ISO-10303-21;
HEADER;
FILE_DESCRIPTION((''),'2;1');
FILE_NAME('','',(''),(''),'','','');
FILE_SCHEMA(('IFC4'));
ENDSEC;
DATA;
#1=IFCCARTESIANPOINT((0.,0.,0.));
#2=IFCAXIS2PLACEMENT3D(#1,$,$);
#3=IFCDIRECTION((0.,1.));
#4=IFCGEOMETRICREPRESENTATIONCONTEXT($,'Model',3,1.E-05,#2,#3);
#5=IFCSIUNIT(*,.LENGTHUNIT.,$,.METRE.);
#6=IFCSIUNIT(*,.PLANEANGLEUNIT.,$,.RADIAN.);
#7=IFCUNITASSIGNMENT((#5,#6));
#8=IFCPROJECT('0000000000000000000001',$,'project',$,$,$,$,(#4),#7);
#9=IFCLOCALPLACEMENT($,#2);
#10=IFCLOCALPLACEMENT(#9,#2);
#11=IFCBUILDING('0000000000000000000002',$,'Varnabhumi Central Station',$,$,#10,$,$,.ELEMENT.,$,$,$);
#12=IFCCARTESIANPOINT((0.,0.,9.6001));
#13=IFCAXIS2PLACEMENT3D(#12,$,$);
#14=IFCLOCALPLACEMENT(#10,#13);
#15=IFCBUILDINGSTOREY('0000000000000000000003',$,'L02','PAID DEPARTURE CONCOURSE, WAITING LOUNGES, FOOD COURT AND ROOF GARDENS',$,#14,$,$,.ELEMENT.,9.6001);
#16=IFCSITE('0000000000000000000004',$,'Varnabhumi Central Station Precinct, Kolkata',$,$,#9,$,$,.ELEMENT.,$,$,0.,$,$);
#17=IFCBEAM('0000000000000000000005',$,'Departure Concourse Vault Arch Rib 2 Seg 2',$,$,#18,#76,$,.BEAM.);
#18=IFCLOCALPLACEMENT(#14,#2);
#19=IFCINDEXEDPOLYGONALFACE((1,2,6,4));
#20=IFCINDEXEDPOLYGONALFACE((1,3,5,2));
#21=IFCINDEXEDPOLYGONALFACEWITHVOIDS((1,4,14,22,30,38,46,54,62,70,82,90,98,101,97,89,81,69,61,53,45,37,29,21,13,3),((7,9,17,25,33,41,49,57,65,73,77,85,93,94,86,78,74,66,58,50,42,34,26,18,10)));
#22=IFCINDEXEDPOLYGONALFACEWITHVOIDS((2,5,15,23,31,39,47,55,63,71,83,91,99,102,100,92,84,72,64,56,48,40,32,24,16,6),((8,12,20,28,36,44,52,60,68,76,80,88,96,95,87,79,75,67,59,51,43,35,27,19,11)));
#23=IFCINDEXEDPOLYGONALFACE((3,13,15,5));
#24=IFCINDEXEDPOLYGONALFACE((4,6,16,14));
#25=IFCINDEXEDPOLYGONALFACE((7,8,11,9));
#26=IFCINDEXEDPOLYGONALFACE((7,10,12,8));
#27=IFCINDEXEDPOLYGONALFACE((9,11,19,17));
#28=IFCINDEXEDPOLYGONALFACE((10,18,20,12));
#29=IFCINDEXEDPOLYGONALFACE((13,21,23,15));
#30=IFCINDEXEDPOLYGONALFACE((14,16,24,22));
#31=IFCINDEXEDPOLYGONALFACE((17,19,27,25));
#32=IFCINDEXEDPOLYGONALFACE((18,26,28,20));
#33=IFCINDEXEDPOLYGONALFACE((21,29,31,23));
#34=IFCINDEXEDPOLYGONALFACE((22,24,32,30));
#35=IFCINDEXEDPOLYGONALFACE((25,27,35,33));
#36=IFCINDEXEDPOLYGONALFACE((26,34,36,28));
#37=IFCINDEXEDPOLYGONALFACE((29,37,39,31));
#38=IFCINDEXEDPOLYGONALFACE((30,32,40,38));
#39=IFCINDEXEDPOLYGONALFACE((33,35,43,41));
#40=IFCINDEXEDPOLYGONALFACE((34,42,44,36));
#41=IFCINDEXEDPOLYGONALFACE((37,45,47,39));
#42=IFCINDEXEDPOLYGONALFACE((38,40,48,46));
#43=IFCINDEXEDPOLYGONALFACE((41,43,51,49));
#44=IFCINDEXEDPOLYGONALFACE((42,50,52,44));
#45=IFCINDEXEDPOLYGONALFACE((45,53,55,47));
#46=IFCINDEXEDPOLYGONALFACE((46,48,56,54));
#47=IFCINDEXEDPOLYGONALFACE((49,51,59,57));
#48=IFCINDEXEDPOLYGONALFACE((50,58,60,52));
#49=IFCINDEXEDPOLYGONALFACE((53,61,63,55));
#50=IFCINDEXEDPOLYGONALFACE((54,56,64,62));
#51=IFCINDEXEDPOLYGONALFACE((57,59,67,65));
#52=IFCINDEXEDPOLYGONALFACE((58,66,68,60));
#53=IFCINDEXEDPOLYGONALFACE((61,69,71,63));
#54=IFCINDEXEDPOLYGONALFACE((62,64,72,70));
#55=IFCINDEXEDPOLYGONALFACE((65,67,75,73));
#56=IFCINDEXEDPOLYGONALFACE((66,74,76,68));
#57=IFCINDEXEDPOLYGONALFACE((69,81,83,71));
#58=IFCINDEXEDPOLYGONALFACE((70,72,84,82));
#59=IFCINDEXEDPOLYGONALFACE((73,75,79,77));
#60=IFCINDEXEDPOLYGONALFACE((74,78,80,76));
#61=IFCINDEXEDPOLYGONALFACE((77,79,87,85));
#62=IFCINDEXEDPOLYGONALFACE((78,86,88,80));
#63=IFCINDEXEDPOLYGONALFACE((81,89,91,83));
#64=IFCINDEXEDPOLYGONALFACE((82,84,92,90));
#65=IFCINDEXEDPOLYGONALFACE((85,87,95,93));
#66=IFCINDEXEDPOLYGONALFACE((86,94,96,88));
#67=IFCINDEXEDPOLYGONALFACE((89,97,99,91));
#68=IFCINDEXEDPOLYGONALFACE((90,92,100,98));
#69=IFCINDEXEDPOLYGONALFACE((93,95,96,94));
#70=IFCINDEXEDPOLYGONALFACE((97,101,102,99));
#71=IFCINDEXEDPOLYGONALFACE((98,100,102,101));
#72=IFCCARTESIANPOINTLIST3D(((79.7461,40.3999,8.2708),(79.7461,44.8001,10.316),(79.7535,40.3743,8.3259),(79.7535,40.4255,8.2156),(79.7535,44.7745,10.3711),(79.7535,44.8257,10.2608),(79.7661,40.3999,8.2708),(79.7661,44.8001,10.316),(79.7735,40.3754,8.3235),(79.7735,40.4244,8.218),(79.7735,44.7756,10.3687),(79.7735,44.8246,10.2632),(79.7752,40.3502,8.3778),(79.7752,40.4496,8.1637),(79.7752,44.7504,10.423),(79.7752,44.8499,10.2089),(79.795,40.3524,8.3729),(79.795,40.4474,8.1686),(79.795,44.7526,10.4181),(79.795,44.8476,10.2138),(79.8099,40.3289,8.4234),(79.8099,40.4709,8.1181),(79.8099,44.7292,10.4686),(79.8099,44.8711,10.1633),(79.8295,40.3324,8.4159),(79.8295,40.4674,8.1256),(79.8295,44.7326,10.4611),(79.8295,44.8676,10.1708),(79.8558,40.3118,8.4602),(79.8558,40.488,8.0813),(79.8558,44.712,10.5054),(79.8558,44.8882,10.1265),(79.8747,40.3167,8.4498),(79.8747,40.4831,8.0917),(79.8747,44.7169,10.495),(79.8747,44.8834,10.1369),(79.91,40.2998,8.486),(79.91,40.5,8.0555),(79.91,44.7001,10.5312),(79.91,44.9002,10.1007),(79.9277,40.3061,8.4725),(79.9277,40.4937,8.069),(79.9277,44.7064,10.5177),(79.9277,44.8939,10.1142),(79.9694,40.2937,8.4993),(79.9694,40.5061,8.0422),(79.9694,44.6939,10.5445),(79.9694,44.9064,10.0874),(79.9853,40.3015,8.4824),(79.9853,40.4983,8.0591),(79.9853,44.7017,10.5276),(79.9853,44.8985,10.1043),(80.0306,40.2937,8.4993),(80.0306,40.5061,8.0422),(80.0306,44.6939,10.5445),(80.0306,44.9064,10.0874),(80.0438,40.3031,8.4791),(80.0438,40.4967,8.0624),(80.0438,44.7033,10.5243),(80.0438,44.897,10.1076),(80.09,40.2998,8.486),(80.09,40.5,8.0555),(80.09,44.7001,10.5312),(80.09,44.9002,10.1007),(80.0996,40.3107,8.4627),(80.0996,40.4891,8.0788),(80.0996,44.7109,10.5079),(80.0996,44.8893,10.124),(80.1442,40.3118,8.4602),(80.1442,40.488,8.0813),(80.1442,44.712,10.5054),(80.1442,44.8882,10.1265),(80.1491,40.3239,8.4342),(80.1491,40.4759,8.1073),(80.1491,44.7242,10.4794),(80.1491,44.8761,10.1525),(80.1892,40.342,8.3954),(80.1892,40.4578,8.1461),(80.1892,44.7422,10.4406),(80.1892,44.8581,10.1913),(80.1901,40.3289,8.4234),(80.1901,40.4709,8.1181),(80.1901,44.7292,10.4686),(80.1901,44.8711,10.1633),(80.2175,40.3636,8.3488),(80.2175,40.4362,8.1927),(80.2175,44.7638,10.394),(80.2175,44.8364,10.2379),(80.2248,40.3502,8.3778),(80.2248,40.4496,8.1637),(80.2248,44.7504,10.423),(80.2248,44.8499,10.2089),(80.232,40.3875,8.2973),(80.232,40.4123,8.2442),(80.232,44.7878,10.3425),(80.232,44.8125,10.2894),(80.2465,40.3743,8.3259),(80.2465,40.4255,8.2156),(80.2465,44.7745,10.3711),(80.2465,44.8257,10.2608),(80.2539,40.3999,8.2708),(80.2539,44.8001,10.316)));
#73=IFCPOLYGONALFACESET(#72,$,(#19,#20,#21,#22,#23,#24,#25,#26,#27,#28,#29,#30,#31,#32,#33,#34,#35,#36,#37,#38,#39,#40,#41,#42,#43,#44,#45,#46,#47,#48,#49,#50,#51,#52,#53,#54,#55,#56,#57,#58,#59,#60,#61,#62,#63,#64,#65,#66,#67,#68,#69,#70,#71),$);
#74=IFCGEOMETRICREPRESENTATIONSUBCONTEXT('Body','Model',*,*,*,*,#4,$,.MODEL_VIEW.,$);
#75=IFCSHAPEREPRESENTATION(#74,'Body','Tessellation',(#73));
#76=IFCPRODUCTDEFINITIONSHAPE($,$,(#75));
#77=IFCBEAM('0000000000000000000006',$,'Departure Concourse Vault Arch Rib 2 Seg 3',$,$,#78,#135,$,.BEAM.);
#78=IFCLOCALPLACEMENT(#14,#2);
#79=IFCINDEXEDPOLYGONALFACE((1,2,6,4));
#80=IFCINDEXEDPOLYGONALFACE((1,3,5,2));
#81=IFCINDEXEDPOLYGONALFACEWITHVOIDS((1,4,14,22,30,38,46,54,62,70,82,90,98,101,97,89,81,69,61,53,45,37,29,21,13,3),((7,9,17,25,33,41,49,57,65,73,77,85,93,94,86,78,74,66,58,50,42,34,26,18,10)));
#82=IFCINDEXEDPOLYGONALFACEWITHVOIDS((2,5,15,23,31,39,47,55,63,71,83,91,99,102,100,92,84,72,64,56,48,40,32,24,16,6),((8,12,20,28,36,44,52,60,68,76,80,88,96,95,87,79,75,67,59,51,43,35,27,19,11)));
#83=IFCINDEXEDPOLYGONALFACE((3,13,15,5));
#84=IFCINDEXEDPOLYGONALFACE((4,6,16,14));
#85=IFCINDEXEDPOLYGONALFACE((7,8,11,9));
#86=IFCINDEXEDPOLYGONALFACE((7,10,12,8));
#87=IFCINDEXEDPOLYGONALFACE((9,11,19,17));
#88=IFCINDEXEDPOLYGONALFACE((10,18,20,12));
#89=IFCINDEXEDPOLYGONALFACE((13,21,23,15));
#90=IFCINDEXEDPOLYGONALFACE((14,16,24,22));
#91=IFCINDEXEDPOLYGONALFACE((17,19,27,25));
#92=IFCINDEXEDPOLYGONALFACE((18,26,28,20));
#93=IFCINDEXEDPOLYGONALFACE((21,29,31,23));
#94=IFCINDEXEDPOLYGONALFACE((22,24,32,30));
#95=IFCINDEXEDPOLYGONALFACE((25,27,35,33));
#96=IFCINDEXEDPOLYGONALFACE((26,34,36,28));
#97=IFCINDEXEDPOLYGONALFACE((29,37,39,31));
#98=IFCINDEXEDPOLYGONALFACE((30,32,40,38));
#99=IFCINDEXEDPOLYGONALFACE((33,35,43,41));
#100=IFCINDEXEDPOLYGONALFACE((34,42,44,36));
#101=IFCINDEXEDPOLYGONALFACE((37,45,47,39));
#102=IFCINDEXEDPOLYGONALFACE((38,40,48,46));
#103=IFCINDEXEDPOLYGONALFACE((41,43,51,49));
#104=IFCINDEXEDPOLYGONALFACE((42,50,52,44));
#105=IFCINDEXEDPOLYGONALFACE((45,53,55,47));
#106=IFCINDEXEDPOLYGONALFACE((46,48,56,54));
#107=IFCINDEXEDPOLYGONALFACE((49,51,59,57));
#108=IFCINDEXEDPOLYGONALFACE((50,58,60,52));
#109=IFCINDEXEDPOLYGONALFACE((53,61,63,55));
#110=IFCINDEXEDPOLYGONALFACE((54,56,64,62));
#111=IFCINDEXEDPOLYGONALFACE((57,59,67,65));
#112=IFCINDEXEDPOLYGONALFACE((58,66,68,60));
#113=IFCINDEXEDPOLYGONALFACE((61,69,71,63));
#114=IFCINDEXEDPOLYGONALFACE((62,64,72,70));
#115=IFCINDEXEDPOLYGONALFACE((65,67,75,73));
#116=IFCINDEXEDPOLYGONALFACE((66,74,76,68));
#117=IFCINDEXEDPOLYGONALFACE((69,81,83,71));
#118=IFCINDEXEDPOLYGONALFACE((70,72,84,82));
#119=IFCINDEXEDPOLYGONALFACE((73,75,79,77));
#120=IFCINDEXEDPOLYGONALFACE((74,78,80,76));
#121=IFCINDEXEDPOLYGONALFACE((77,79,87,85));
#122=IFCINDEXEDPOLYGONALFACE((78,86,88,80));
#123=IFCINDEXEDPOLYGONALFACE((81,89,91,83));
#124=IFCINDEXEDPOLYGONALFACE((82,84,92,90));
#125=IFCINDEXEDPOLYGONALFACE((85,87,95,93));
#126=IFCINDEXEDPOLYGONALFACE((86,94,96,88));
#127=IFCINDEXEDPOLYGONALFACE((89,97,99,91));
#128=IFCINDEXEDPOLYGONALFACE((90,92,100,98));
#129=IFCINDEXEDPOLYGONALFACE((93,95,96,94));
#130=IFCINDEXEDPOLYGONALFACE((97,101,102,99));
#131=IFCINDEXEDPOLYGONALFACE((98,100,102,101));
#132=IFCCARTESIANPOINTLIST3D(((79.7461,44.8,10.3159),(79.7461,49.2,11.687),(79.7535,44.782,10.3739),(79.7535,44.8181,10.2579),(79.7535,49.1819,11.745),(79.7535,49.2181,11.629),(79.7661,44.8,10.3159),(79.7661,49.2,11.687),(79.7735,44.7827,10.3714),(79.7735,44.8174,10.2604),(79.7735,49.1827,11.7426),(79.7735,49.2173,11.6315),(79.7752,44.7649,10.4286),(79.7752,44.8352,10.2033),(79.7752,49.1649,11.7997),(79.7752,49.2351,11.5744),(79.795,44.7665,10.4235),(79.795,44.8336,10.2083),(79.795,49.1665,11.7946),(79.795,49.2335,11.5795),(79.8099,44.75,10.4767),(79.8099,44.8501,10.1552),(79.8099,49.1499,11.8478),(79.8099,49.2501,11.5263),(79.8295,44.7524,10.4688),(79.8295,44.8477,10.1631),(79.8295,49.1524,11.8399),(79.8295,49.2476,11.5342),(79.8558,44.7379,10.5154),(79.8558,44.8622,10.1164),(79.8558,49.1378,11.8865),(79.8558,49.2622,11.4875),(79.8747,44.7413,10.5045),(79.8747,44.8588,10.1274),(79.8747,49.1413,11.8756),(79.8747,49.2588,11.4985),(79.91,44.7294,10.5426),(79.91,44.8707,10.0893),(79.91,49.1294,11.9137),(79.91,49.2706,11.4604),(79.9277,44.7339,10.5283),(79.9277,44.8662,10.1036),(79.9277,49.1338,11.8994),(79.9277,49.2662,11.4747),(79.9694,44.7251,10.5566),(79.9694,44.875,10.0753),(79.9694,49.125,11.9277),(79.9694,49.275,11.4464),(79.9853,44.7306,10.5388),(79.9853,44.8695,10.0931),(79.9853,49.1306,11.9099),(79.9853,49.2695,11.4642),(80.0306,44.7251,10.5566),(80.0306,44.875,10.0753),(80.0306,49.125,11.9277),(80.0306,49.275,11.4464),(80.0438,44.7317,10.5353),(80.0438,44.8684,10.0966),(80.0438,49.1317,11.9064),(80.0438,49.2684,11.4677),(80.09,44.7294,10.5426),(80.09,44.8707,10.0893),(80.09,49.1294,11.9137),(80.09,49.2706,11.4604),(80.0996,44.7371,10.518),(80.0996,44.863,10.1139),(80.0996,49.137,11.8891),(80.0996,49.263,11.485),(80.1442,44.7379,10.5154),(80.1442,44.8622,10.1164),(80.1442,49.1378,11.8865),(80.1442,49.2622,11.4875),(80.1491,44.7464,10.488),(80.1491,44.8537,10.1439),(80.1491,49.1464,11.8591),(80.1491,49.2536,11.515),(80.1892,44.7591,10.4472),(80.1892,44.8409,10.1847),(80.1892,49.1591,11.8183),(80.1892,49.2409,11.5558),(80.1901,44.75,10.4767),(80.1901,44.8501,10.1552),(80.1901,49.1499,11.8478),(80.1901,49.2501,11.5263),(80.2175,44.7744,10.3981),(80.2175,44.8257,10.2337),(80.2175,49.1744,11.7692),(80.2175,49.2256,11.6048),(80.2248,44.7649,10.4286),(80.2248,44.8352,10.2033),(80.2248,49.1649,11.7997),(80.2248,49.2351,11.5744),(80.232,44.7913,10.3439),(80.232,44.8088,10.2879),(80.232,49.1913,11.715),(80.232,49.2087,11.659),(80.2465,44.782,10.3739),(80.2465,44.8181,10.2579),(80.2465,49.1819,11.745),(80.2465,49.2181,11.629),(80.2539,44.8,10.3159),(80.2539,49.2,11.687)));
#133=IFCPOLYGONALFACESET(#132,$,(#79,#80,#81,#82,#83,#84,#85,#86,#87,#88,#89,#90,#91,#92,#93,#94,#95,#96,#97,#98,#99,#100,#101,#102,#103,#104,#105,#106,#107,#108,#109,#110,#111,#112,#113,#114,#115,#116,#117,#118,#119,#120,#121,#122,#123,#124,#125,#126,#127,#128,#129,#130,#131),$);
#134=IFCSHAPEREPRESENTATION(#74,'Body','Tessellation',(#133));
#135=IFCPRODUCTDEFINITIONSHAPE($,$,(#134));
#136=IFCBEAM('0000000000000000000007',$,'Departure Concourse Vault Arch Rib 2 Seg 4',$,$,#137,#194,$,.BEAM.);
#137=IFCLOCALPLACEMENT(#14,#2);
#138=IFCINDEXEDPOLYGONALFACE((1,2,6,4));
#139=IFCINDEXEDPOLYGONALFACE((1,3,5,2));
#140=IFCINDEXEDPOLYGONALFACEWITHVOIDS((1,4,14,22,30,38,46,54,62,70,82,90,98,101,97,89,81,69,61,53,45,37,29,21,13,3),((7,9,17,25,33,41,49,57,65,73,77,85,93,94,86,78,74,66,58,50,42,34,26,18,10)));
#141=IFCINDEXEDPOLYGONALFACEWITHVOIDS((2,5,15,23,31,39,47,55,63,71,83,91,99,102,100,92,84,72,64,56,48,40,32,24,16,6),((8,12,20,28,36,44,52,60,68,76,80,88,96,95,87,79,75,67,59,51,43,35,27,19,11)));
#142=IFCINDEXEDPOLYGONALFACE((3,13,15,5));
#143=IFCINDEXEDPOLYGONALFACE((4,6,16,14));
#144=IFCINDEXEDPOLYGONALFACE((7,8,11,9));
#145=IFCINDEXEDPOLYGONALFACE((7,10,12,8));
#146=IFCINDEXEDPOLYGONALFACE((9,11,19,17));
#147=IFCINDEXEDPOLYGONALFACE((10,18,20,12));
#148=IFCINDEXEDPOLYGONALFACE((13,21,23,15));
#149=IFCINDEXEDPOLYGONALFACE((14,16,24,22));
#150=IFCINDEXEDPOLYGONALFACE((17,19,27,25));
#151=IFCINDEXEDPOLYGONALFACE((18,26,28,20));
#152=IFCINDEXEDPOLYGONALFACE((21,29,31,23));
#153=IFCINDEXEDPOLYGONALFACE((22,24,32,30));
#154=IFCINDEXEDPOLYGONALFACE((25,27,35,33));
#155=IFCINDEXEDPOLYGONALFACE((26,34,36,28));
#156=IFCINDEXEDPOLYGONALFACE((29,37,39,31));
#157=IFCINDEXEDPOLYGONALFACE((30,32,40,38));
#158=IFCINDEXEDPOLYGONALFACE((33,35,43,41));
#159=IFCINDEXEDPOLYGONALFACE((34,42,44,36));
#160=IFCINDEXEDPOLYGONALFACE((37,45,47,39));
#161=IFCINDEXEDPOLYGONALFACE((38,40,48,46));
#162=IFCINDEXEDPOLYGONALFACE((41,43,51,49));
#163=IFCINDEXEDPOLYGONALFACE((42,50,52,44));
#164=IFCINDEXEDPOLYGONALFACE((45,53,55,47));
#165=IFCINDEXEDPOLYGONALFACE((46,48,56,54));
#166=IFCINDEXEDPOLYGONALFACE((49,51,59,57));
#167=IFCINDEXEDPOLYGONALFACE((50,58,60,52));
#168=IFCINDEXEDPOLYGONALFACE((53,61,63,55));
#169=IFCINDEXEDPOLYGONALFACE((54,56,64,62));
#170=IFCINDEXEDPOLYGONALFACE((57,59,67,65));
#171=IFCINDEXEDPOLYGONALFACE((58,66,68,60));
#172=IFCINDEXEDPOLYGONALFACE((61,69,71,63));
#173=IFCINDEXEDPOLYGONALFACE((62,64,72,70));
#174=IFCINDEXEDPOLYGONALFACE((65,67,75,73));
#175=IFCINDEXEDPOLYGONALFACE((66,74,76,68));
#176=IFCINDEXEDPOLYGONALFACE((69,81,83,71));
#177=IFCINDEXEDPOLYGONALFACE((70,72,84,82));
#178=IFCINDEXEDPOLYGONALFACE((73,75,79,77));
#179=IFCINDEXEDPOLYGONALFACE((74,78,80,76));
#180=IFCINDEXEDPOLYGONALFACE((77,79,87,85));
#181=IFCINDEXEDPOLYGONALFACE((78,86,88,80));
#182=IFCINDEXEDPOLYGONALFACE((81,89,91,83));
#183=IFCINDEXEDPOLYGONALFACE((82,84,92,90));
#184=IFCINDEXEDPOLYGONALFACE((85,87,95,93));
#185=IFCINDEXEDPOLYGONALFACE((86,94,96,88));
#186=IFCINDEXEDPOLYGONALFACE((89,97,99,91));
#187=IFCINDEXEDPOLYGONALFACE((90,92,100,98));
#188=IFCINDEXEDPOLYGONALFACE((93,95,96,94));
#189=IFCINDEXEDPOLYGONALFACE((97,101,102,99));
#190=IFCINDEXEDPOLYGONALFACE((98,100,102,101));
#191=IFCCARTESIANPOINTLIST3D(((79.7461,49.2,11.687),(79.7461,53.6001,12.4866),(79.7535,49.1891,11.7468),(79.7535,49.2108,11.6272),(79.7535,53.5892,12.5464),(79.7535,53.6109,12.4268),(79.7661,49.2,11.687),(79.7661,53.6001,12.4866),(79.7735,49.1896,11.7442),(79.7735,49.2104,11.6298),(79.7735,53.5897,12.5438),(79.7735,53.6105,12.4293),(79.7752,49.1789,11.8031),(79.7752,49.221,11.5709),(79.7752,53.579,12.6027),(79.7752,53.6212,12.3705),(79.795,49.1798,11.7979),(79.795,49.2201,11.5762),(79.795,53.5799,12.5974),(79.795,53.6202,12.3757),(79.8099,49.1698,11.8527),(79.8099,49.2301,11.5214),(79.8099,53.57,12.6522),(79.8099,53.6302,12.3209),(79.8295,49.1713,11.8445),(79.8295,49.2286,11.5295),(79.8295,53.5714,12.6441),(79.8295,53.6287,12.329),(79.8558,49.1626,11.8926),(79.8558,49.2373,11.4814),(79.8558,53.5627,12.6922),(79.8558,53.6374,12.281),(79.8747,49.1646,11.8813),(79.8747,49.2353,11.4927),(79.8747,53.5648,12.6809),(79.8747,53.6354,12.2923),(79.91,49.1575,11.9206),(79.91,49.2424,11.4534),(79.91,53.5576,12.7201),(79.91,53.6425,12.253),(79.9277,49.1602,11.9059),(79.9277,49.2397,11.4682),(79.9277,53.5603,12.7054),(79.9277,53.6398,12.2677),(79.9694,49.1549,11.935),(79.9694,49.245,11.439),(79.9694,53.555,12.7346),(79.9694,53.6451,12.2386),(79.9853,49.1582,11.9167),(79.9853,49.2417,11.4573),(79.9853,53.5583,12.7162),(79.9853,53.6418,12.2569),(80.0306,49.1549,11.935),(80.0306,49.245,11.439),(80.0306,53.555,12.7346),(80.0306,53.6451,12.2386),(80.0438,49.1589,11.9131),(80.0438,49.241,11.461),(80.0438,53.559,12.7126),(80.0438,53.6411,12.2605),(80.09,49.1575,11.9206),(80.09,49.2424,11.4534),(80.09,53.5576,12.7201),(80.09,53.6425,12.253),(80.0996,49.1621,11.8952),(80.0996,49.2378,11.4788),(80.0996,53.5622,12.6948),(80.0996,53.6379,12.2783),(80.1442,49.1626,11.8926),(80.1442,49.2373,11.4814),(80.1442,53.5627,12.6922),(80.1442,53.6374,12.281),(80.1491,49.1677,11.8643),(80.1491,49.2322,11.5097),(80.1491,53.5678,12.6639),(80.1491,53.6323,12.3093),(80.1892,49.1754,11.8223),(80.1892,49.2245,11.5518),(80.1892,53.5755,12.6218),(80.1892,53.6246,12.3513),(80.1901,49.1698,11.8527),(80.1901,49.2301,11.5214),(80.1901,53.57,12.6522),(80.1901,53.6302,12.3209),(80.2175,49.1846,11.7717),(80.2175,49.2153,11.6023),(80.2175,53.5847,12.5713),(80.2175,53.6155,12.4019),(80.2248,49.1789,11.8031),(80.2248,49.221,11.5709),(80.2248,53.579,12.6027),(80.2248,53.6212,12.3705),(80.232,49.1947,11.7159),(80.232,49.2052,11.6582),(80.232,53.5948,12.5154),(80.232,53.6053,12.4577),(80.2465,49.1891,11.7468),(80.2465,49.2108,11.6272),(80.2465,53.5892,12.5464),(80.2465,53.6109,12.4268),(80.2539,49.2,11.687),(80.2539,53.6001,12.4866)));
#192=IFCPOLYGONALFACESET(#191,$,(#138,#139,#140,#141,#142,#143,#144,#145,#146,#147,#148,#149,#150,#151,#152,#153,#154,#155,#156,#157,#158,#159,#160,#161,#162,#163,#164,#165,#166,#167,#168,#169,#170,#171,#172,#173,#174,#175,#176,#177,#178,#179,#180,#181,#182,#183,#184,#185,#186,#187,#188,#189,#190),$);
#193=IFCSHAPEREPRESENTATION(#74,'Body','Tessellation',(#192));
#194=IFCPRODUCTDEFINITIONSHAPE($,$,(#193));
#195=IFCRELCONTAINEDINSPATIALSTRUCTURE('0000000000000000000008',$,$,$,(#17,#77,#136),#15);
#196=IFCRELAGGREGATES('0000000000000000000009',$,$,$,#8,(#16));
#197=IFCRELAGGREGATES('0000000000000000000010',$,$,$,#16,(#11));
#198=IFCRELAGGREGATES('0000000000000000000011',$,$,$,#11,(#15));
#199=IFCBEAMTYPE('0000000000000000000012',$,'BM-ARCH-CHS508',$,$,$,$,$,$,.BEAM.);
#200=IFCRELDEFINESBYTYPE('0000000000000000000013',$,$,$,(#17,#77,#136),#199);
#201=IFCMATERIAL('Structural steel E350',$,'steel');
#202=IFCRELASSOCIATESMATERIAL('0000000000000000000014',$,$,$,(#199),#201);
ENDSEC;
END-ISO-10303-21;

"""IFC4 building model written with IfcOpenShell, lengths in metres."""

from ifc_helpers import new_model, si_unit, direction, frame, origin, origin_2d, place, context, subcontext, project, spatial, hollow_circle, extrude, material, material_profile, profile_set, type_object, element, save


model = new_model("IFC4")

# Units and contexts
model_context = context("Model", 3, precision=1e-05, world=origin(), true_north=direction((0.0, 1.0)))
body_context = subcontext(model_context, "Body", "Model", "MODEL_VIEW")
ifc_project = project(units=[si_unit("LENGTHUNIT", "METRE"), si_unit("PLANEANGLEUNIT", "RADIAN")], contexts=[model_context])

# Site, building, storey
site_placement = place(None, origin())
site = spatial("IfcSite", under=ifc_project, at=site_placement, Name="Varnabhumi Central Station Precinct, Kolkata", CompositionType="ELEMENT", RefElevation=0.0)
building_placement = place(site_placement, origin())
building = spatial("IfcBuilding", under=site, at=building_placement, Name="Varnabhumi Central Station", CompositionType="ELEMENT")
storey_placement = place(building_placement, frame((0.0, 0.0, 9.6001)))
storey = spatial("IfcBuildingStorey", under=building, at=storey_placement, Name="L02", Description="PAID DEPARTURE CONCOURSE, WAITING LOUNGES, FOOD COURT AND ROOF GARDENS", CompositionType="ELEMENT", Elevation=9.6001)

# Beams
ifc_material_1 = material(Name="Structural steel E350", Category="steel")
ifc_material_profile_1 = material_profile(ifc_material_1, hollow_circle(Radius=0.2539, WallThickness=0.02, at=origin_2d()), Name="Structural steel E350", Category="steel")
ifc_profile_set_1 = profile_set([ifc_material_profile_1], Name="Structural steel E350")
beam_type_1 = type_object("IfcBeamType", Name="BM-ARCH-CHS508", PredefinedType="BEAM", material=ifc_profile_set_1)
beam_1_placement = place(storey_placement, frame((80.0, 40.3999, 8.2708), z_axis=(0.0, 0.906832, 0.421491), x_axis=(-1.0, 0.0, 0.0)))
element("IfcBeam", 1, at=beam_1_placement, inside=storey, type_object=beam_type_1, Name="Departure Concourse Vault Arch Rib 2 Seg 2", PredefinedType="BEAM", context=body_context, shape_type="SweptSolid", body=[
    extrude(hollow_circle(Radius=0.2539, WallThickness=0.02, at=origin_2d()), origin(), (0.0, 0.0, 1.0), 4.8523),
])
beam_2_placement = place(storey_placement, frame((80.0, 44.8, 10.3159), z_axis=(0.0, 0.954719, 0.297509), x_axis=(-1.0, 0.0, 0.0)))
element("IfcBeam", 2, at=beam_2_placement, inside=storey, type_object=beam_type_1, Name="Departure Concourse Vault Arch Rib 2 Seg 3", PredefinedType="BEAM", context=body_context, shape_type="SweptSolid", body=[
    extrude(hollow_circle(Radius=0.2539, WallThickness=0.02, at=origin_2d()), origin(), (0.0, 0.0, 1.0), 4.6086),
])
beam_3_placement = place(storey_placement, frame((80.0, 49.2, 11.687), z_axis=(0.0, 0.983888, 0.178785), x_axis=(-1.0, 0.0, 0.0)))
element("IfcBeam", 3, at=beam_3_placement, inside=storey, type_object=beam_type_1, Name="Departure Concourse Vault Arch Rib 2 Seg 4", PredefinedType="BEAM", context=body_context, shape_type="SweptSolid", body=[
    extrude(hollow_circle(Radius=0.2539, WallThickness=0.02, at=origin_2d()), origin(), (0.0, 0.0, 1.0), 4.4722),
])

save(model, "model.ifc")
